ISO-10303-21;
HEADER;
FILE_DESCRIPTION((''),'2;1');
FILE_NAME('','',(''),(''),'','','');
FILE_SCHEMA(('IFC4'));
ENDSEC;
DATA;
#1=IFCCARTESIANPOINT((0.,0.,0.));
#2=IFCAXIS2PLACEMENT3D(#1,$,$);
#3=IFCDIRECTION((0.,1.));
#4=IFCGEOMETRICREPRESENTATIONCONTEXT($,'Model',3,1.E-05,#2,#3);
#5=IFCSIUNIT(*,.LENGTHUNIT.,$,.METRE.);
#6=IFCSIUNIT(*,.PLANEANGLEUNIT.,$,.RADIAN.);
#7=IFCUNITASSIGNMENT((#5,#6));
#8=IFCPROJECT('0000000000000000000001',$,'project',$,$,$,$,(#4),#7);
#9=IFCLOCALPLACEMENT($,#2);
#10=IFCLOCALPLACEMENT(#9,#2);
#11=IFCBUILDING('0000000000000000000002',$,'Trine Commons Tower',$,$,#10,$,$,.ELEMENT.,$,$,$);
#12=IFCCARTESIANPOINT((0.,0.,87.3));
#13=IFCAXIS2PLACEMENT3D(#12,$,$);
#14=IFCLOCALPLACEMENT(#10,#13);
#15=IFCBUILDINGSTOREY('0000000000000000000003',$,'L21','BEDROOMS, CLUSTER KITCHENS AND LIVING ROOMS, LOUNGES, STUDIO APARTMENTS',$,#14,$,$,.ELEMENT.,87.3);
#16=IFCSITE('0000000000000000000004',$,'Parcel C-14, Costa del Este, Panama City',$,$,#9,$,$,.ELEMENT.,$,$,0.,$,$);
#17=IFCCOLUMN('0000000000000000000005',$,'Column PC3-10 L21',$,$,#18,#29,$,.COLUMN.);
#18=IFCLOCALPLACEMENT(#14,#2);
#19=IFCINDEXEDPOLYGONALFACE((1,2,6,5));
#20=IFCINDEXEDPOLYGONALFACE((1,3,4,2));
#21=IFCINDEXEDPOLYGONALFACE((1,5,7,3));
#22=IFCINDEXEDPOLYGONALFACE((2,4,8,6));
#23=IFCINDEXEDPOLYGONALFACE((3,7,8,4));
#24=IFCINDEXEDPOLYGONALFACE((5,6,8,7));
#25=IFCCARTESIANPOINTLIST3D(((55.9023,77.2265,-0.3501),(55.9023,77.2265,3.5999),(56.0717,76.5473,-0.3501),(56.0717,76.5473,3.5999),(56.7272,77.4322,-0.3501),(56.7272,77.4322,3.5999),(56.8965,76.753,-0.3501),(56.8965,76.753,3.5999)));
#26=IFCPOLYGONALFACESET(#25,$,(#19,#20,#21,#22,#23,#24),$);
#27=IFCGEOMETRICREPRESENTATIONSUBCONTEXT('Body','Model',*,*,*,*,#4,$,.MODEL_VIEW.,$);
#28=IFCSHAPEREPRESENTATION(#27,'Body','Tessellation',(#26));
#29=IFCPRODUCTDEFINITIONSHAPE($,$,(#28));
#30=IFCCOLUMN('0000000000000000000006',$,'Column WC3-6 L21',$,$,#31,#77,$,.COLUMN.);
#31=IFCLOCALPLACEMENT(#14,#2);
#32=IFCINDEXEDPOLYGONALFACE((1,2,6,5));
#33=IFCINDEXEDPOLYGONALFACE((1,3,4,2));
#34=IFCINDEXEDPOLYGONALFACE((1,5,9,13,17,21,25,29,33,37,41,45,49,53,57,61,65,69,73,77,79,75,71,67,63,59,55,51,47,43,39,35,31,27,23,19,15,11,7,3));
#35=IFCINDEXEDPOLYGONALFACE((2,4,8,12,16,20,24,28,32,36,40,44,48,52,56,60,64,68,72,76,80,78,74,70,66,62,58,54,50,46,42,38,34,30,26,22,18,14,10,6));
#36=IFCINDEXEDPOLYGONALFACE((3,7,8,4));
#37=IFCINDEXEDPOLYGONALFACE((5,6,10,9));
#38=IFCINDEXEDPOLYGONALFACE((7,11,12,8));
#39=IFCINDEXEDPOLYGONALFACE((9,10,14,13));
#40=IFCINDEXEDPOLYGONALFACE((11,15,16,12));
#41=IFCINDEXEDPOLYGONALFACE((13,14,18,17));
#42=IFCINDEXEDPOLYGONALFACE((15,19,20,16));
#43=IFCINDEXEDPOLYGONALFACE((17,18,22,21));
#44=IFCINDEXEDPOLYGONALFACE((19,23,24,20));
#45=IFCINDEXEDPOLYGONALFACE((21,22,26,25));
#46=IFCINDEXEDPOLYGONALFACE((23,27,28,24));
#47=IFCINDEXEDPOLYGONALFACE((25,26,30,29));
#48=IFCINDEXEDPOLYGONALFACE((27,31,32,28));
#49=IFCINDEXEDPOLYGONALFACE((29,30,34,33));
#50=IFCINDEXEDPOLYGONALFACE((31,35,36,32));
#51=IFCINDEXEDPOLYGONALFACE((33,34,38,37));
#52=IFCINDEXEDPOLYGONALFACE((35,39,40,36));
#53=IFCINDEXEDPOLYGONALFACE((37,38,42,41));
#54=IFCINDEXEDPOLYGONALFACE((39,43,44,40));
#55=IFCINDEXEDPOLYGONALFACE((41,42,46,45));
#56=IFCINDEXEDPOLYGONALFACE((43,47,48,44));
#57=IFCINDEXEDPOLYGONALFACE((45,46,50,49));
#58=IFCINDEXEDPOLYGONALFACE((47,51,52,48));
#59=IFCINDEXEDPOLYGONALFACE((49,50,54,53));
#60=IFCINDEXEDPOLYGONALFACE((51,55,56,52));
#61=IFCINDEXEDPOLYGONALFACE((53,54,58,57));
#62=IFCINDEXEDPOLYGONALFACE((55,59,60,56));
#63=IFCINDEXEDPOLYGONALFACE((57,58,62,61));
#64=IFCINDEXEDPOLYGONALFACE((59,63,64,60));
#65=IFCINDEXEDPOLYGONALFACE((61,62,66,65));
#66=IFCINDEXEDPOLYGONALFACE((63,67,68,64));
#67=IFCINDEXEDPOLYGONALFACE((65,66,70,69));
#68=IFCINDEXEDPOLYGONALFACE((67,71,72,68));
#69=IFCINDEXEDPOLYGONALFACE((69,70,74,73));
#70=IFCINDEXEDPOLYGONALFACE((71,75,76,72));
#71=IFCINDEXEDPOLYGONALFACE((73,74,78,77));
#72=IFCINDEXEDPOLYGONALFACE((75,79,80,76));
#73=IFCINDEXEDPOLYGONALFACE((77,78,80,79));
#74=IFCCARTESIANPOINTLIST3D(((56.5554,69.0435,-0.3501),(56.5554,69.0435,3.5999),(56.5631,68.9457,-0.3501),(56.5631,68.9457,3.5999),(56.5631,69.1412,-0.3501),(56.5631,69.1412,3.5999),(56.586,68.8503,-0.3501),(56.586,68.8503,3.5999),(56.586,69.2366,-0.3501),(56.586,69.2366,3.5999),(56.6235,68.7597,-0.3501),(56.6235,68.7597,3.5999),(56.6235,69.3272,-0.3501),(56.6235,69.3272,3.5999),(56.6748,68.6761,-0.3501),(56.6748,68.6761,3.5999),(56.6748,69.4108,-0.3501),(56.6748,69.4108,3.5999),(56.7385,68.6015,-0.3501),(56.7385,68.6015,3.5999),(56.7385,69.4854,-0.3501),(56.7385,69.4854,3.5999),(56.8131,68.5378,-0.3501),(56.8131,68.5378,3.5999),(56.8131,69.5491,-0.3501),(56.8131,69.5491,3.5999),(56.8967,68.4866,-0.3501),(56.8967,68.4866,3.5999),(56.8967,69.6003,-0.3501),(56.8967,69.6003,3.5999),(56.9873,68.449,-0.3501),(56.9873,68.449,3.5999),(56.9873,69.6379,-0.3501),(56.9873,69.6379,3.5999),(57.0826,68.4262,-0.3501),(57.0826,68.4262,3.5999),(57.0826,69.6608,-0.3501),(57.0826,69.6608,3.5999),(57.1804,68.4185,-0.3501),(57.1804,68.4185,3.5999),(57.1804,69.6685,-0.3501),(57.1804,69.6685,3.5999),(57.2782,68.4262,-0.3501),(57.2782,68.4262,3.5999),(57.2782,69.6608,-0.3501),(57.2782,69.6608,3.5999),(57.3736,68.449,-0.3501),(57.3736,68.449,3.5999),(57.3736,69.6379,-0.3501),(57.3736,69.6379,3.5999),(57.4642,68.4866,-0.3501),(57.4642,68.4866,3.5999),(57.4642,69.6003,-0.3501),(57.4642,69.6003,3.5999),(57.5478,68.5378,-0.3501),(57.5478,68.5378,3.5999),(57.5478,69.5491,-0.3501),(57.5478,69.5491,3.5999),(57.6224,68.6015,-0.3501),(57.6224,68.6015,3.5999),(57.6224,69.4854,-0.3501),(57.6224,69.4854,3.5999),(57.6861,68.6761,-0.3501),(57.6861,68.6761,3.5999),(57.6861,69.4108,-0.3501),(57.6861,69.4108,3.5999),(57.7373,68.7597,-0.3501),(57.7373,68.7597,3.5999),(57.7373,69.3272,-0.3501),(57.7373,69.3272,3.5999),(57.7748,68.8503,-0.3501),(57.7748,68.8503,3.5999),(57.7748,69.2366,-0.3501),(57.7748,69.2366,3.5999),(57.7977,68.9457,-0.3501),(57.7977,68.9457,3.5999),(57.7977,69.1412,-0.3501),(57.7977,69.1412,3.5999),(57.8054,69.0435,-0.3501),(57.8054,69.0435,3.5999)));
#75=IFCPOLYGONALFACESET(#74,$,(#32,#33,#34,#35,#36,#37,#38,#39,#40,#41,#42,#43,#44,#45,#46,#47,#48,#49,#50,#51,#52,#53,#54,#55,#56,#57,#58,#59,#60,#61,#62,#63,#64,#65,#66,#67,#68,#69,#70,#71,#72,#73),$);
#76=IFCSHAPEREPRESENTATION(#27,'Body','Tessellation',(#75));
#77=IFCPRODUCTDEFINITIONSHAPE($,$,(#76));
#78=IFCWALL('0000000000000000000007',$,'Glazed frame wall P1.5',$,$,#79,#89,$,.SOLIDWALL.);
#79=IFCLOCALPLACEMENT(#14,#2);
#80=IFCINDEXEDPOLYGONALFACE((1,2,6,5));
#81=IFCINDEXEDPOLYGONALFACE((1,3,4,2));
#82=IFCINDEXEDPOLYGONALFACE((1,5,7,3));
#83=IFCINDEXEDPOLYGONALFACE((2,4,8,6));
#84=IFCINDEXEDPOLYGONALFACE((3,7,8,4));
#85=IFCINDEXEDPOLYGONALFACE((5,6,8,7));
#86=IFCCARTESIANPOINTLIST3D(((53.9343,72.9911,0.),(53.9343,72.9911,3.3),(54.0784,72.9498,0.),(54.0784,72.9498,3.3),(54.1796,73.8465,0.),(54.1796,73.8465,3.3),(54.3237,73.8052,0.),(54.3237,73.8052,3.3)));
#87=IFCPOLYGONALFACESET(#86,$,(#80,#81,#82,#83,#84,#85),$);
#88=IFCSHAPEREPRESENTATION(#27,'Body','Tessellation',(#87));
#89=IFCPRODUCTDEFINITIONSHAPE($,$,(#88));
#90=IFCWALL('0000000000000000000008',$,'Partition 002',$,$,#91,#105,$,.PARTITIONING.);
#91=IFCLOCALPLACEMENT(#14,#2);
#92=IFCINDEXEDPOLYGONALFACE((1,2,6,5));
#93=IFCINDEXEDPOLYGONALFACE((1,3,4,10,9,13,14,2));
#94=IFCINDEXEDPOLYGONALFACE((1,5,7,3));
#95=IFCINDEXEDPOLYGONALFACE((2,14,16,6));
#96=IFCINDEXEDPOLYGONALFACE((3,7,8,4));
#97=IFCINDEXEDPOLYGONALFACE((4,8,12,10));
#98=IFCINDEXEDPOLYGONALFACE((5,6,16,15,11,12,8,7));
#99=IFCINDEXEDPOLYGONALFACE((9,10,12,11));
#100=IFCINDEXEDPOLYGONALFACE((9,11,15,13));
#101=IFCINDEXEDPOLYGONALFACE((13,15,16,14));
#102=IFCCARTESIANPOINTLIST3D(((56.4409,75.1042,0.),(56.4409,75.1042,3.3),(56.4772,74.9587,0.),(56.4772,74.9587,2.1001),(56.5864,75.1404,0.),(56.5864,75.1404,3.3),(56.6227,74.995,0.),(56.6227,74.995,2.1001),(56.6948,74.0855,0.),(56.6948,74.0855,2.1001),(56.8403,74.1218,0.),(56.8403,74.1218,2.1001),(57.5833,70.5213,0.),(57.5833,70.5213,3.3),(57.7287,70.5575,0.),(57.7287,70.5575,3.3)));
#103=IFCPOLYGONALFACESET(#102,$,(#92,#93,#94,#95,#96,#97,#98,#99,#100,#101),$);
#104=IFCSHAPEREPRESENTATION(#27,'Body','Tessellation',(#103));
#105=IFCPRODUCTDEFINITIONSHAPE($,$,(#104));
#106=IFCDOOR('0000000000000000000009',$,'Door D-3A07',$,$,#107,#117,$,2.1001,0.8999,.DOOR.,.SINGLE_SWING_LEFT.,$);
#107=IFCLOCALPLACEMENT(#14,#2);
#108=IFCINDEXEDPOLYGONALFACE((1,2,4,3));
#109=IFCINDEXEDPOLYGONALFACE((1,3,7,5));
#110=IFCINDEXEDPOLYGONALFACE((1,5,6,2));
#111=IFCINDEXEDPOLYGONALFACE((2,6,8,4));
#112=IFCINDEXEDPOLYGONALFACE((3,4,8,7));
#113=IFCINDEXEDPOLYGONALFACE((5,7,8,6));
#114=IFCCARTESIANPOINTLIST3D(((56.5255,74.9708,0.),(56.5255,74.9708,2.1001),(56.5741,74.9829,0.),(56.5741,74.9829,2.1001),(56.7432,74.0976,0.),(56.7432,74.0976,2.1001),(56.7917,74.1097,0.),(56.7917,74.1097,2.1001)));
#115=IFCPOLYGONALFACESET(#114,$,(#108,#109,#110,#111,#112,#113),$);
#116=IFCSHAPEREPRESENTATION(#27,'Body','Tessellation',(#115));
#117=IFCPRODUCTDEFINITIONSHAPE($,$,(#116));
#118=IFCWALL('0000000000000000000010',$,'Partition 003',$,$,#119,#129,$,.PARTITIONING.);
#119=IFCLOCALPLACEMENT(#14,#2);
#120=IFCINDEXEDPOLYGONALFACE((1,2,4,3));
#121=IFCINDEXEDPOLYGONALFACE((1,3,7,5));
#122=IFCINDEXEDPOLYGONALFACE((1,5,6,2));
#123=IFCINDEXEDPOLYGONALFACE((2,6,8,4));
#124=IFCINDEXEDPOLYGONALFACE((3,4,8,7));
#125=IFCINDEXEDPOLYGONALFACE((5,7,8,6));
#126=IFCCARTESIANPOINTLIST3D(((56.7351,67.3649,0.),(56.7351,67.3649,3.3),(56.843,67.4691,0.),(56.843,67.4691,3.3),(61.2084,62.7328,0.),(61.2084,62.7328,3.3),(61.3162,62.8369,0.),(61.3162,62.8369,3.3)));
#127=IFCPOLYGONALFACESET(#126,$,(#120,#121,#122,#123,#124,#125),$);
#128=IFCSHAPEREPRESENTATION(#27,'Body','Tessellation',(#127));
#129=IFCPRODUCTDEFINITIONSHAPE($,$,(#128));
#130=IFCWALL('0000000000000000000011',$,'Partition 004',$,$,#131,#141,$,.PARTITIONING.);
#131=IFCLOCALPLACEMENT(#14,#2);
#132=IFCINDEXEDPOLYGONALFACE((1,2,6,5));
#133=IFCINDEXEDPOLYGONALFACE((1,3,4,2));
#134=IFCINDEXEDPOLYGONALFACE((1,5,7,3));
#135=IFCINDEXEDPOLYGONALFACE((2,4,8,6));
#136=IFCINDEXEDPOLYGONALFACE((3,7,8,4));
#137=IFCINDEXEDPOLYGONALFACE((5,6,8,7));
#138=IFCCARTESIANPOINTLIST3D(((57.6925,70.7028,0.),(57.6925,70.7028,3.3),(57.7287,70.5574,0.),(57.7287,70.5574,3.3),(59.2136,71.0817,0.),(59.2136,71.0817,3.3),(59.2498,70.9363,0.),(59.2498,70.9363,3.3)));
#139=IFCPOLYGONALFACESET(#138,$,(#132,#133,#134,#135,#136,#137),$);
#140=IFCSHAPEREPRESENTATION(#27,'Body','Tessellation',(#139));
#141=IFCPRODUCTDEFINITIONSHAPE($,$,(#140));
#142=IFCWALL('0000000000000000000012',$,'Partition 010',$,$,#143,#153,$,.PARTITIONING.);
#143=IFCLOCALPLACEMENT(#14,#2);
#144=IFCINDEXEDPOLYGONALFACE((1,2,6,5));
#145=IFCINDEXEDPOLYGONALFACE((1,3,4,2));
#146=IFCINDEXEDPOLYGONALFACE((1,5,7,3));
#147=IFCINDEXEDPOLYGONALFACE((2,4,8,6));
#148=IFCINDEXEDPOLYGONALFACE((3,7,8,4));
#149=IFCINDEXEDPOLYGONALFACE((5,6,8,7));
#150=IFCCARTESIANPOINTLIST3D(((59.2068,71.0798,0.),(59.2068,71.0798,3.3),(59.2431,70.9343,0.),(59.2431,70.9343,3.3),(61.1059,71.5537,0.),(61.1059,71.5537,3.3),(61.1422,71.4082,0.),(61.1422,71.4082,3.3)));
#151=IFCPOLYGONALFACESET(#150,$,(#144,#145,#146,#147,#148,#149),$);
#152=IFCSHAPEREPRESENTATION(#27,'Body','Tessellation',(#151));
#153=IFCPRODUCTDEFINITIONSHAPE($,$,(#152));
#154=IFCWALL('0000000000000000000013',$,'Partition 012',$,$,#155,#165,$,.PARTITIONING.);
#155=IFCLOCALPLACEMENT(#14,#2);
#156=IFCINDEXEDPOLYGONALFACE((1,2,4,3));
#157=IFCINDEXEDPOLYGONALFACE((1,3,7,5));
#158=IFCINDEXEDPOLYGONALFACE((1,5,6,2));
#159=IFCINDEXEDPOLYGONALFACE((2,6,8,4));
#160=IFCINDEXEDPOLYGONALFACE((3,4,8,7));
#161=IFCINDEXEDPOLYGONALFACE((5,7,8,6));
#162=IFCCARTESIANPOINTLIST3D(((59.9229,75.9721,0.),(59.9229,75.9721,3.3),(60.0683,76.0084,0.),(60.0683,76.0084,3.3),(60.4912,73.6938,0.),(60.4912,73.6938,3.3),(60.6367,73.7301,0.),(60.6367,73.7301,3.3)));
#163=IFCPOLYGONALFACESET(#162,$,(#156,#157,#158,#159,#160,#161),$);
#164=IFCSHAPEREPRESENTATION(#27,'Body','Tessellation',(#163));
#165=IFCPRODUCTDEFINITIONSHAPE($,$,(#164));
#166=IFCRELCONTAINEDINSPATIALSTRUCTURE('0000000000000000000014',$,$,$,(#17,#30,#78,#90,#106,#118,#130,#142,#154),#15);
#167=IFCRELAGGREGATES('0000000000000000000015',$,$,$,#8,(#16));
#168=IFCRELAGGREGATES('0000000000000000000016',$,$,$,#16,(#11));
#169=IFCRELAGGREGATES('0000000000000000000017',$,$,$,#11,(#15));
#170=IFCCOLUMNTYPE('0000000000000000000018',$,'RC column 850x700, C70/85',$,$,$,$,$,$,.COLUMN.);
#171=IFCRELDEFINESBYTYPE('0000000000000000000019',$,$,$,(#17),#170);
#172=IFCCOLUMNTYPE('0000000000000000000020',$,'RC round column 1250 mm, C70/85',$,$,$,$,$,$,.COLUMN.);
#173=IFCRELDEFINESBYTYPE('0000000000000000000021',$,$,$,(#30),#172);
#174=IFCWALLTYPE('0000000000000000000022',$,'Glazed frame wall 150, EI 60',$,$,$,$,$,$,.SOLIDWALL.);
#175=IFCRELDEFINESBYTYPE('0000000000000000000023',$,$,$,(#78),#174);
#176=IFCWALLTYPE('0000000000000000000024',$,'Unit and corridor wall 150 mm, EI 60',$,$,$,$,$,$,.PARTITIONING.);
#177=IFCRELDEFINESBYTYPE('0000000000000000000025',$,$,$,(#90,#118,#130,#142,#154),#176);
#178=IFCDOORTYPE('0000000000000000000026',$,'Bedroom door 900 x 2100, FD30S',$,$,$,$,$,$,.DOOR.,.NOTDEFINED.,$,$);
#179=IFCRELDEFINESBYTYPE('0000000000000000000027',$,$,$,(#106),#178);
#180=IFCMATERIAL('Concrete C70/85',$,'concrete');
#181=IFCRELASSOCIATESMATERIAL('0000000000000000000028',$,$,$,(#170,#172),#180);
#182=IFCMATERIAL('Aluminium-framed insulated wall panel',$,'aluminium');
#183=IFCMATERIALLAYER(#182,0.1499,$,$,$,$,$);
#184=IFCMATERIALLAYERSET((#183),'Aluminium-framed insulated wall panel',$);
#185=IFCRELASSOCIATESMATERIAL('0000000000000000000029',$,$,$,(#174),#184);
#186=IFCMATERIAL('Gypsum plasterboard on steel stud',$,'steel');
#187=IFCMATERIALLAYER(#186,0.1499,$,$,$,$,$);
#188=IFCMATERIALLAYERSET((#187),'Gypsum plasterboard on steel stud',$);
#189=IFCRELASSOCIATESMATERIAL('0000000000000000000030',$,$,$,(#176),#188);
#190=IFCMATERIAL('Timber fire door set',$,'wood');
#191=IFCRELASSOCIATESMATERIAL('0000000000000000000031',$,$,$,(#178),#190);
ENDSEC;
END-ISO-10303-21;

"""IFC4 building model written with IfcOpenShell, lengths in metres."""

from ifc_helpers import new_model, si_unit, direction, frame, frame_2d, origin, origin_2d, place, context, subcontext, project, spatial, polyline, rectangle, circle, outline, extrude, material, layer, layer_set, material_profile, profile_set, type_object, element, fill, save


model = new_model("IFC4")

# Units and contexts
model_context = context("Model", 3, precision=1e-05, world=origin(), true_north=direction((0.0, 1.0)))
body_context = subcontext(model_context, "Body", "Model", "MODEL_VIEW")
ifc_project = project(units=[si_unit("LENGTHUNIT", "METRE"), si_unit("PLANEANGLEUNIT", "RADIAN")], contexts=[model_context])

# Site, building, storey
site_placement = place(None, origin())
site = spatial("IfcSite", under=ifc_project, at=site_placement, Name="Parcel C-14, Costa del Este, Panama City", CompositionType="ELEMENT", RefElevation=0.0)
building_placement = place(site_placement, origin())
building = spatial("IfcBuilding", under=site, at=building_placement, Name="Trine Commons Tower", CompositionType="ELEMENT")
storey_placement = place(building_placement, frame((0.0, 0.0, 87.3)))
storey = spatial("IfcBuildingStorey", under=building, at=storey_placement, Name="L21", Description="BEDROOMS, CLUSTER KITCHENS AND LIVING ROOMS, LOUNGES, STUDIO APARTMENTS", CompositionType="ELEMENT", Elevation=87.3)

# Columns
ifc_material_1 = material(Name="Concrete C70/85", Category="concrete")
ifc_material_profile_1 = material_profile(ifc_material_1, rectangle(XDim=0.8501, YDim=0.7, at=origin_2d()), Name="RC 850x700")
ifc_profile_set_1 = profile_set([ifc_material_profile_1], Name="Concrete C70/85")
column_type_1 = type_object("IfcColumnType", Name="RC column 850x700, C70/85", PredefinedType="COLUMN", material=ifc_profile_set_1)
column_1_placement = place(storey_placement, frame((56.3994, 76.9897, -0.3501), z_axis=(0.0, 0.0, 1.0), x_axis=(0.970296, 0.241922, 0.0)))
element("IfcColumn", 1, at=column_1_placement, inside=storey, type_object=column_type_1, Name="Column PC3-10 L21", PredefinedType="COLUMN", context=body_context, shape_type="SweptSolid", body=[
    extrude(rectangle(XDim=0.8501, YDim=0.7, at=origin_2d()), origin(), (0.0, 0.0, 1.0), 3.95),
])
ifc_material_profile_2 = material_profile(ifc_material_1, circle(Radius=0.625, at=origin_2d()), Name="RC round 1250")
ifc_profile_set_2 = profile_set([ifc_material_profile_2], Name="Concrete C70/85")
column_type_2 = type_object("IfcColumnType", Name="RC round column 1250 mm, C70/85", PredefinedType="COLUMN", material=ifc_profile_set_2)
column_2_placement = place(storey_placement, frame((57.1804, 69.0435, -0.3501), z_axis=(0.0, 0.0, 1.0), x_axis=(1.0, 0.0, 0.0)))
element("IfcColumn", 2, at=column_2_placement, inside=storey, type_object=column_type_2, Name="Column WC3-6 L21", PredefinedType="COLUMN", context=body_context, shape_type="SweptSolid", body=[
    extrude(circle(Radius=0.625, at=origin_2d()), origin(), (0.0, 0.0, 1.0), 3.95),
])

# Wall
ifc_material_2 = material(Name="Aluminium-framed insulated wall panel", Category="aluminium")
ifc_layer_1 = layer(ifc_material_2, 0.1499)
ifc_layer_set_1 = layer_set([ifc_layer_1], Name="Aluminium-framed insulated wall panel")
wall_type_1 = type_object("IfcWallType", Name="Glazed frame wall 150, EI 60", PredefinedType="SOLIDWALL", material=ifc_layer_set_1)
wall_1_placement = place(storey_placement, frame((54.0063, 72.9705, 0.0), z_axis=(0.0, 0.0, 1.0), x_axis=(0.275656, 0.961256, 0.0)))
element("IfcWall", 3, at=wall_1_placement, inside=storey, type_object=wall_type_1, Name="Glazed frame wall P1.5", PredefinedType="SOLIDWALL", context=body_context, shape_type="SweptSolid", body=[
    extrude(outline(polyline([(0.8899, 0.075), (0.0, 0.075), (0.0, -0.075), (0.8899, -0.075), (0.8899, 0.075)])), origin(), (0.0, 0.0, 1.0), 3.3),
])

# Wall, opening, door
ifc_material_3 = material(Name="Gypsum plasterboard on steel stud", Category="steel")
ifc_layer_2 = layer(ifc_material_3, 0.1499)
ifc_layer_set_2 = layer_set([ifc_layer_2], Name="Gypsum plasterboard on steel stud")
wall_type_2 = type_object("IfcWallType", Name="Unit and corridor wall 150 mm, EI 60", PredefinedType="PARTITIONING", material=ifc_layer_set_2)
wall_2_placement = place(storey_placement, frame((56.5137, 75.1223, 0.0), z_axis=(0.0, 0.0, 1.0), x_axis=(0.241854, -0.970313, 0.0)))
wall_2 = element("IfcWall", 4, at=wall_2_placement, inside=storey, type_object=wall_type_2, Name="Partition 002", PredefinedType="PARTITIONING", context=body_context, shape_type="SweptSolid", body=[
    extrude(rectangle(XDim=4.7231, YDim=0.1499, at=frame_2d((2.3616, 0.0))), origin(), (0.0, 0.0, 1.0), 3.3),
])
opening_1_placement = place(wall_2_placement, frame((0.1499, 0.0, 0.0)))
opening_1 = element("IfcOpeningElement", 5, at=opening_1_placement, cuts=wall_2, PredefinedType="OPENING", context=body_context, shape_type="SweptSolid", body=[
    extrude(rectangle(XDim=0.8999, YDim=2.1001, at=frame_2d((0.45, 1.05))), frame((0.0, 0.085, 0.0), z_axis=(0.0, -1.0, 0.0), x_axis=(1.0, 0.0, 0.0)), (0.0, 0.0, 1.0), 0.1699),
])
ifc_material_4 = material(Name="Timber fire door set", Category="wood")
door_type_1 = type_object("IfcDoorType", Name="Bedroom door 900 x 2100, FD30S", OperationType="NOTDEFINED", PredefinedType="DOOR", material=ifc_material_4)
door_1_placement = place(opening_1_placement, origin())
door_1 = element("IfcDoor", 6, at=door_1_placement, inside=storey, type_object=door_type_1, Name="Door D-3A07", OperationType="SINGLE_SWING_LEFT", OverallHeight=2.1001, OverallWidth=0.8999, PredefinedType="DOOR", context=body_context, shape_type="SweptSolid", body=[
    extrude(rectangle(XDim=0.8999, YDim=2.1001, at=frame_2d((0.45, 1.05))), frame((0.0, 0.0249, 0.0), z_axis=(0.0, -1.0, 0.0), x_axis=(1.0, 0.0, 0.0)), (0.0, 0.0, 1.0), 0.05),
])
fill(opening_1, door_1)

# Walls
wall_3_placement = place(storey_placement, frame((56.7891, 67.417, 0.0), z_axis=(0.0, 0.0, 1.0), x_axis=(0.694658, -0.71934, 0.0)))
element("IfcWall", 7, at=wall_3_placement, inside=storey, type_object=wall_type_2, Name="Partition 003", PredefinedType="PARTITIONING", context=body_context, shape_type="SweptSolid", body=[
    extrude(rectangle(XDim=6.4395, YDim=0.1499, at=frame_2d((3.2197, 0.0))), origin(), (0.0, 0.0, 1.0), 3.3),
])
wall_4_placement = place(storey_placement, frame((57.7107, 70.6301, 0.0), z_axis=(0.0, 0.0, 1.0), x_axis=(0.970353, 0.241693, 0.0)))
element("IfcWall", 8, at=wall_4_placement, inside=storey, type_object=wall_type_2, Name="Partition 004", PredefinedType="PARTITIONING", context=body_context, shape_type="SweptSolid", body=[
    extrude(rectangle(XDim=1.5676, YDim=0.1499, at=frame_2d((0.7837, 0.0))), origin(), (0.0, 0.0, 1.0), 3.3),
])
wall_5_placement = place(storey_placement, frame((59.2251, 71.0071, 0.0), z_axis=(0.0, 0.0, 1.0), x_axis=(0.970245, 0.242125, 0.0)))
element("IfcWall", 9, at=wall_5_placement, inside=storey, type_object=wall_type_2, Name="Partition 010", PredefinedType="PARTITIONING", context=body_context, shape_type="SweptSolid", body=[
    extrude(rectangle(XDim=1.9573, YDim=0.1499, at=frame_2d((0.9785, 0.0))), origin(), (0.0, 0.0, 1.0), 3.3),
])
wall_6_placement = place(storey_placement, frame((59.9956, 75.9902, 0.0), z_axis=(0.0, 0.0, 1.0), x_axis=(0.242046, -0.970265, 0.0)))
element("IfcWall", 10, at=wall_6_placement, inside=storey, type_object=wall_type_2, Name="Partition 012", PredefinedType="PARTITIONING", context=body_context, shape_type="SweptSolid", body=[
    extrude(rectangle(XDim=2.3481, YDim=0.1499, at=frame_2d((1.1741, 0.0))), origin(), (0.0, 0.0, 1.0), 3.3),
])

save(model, "model.ifc")
